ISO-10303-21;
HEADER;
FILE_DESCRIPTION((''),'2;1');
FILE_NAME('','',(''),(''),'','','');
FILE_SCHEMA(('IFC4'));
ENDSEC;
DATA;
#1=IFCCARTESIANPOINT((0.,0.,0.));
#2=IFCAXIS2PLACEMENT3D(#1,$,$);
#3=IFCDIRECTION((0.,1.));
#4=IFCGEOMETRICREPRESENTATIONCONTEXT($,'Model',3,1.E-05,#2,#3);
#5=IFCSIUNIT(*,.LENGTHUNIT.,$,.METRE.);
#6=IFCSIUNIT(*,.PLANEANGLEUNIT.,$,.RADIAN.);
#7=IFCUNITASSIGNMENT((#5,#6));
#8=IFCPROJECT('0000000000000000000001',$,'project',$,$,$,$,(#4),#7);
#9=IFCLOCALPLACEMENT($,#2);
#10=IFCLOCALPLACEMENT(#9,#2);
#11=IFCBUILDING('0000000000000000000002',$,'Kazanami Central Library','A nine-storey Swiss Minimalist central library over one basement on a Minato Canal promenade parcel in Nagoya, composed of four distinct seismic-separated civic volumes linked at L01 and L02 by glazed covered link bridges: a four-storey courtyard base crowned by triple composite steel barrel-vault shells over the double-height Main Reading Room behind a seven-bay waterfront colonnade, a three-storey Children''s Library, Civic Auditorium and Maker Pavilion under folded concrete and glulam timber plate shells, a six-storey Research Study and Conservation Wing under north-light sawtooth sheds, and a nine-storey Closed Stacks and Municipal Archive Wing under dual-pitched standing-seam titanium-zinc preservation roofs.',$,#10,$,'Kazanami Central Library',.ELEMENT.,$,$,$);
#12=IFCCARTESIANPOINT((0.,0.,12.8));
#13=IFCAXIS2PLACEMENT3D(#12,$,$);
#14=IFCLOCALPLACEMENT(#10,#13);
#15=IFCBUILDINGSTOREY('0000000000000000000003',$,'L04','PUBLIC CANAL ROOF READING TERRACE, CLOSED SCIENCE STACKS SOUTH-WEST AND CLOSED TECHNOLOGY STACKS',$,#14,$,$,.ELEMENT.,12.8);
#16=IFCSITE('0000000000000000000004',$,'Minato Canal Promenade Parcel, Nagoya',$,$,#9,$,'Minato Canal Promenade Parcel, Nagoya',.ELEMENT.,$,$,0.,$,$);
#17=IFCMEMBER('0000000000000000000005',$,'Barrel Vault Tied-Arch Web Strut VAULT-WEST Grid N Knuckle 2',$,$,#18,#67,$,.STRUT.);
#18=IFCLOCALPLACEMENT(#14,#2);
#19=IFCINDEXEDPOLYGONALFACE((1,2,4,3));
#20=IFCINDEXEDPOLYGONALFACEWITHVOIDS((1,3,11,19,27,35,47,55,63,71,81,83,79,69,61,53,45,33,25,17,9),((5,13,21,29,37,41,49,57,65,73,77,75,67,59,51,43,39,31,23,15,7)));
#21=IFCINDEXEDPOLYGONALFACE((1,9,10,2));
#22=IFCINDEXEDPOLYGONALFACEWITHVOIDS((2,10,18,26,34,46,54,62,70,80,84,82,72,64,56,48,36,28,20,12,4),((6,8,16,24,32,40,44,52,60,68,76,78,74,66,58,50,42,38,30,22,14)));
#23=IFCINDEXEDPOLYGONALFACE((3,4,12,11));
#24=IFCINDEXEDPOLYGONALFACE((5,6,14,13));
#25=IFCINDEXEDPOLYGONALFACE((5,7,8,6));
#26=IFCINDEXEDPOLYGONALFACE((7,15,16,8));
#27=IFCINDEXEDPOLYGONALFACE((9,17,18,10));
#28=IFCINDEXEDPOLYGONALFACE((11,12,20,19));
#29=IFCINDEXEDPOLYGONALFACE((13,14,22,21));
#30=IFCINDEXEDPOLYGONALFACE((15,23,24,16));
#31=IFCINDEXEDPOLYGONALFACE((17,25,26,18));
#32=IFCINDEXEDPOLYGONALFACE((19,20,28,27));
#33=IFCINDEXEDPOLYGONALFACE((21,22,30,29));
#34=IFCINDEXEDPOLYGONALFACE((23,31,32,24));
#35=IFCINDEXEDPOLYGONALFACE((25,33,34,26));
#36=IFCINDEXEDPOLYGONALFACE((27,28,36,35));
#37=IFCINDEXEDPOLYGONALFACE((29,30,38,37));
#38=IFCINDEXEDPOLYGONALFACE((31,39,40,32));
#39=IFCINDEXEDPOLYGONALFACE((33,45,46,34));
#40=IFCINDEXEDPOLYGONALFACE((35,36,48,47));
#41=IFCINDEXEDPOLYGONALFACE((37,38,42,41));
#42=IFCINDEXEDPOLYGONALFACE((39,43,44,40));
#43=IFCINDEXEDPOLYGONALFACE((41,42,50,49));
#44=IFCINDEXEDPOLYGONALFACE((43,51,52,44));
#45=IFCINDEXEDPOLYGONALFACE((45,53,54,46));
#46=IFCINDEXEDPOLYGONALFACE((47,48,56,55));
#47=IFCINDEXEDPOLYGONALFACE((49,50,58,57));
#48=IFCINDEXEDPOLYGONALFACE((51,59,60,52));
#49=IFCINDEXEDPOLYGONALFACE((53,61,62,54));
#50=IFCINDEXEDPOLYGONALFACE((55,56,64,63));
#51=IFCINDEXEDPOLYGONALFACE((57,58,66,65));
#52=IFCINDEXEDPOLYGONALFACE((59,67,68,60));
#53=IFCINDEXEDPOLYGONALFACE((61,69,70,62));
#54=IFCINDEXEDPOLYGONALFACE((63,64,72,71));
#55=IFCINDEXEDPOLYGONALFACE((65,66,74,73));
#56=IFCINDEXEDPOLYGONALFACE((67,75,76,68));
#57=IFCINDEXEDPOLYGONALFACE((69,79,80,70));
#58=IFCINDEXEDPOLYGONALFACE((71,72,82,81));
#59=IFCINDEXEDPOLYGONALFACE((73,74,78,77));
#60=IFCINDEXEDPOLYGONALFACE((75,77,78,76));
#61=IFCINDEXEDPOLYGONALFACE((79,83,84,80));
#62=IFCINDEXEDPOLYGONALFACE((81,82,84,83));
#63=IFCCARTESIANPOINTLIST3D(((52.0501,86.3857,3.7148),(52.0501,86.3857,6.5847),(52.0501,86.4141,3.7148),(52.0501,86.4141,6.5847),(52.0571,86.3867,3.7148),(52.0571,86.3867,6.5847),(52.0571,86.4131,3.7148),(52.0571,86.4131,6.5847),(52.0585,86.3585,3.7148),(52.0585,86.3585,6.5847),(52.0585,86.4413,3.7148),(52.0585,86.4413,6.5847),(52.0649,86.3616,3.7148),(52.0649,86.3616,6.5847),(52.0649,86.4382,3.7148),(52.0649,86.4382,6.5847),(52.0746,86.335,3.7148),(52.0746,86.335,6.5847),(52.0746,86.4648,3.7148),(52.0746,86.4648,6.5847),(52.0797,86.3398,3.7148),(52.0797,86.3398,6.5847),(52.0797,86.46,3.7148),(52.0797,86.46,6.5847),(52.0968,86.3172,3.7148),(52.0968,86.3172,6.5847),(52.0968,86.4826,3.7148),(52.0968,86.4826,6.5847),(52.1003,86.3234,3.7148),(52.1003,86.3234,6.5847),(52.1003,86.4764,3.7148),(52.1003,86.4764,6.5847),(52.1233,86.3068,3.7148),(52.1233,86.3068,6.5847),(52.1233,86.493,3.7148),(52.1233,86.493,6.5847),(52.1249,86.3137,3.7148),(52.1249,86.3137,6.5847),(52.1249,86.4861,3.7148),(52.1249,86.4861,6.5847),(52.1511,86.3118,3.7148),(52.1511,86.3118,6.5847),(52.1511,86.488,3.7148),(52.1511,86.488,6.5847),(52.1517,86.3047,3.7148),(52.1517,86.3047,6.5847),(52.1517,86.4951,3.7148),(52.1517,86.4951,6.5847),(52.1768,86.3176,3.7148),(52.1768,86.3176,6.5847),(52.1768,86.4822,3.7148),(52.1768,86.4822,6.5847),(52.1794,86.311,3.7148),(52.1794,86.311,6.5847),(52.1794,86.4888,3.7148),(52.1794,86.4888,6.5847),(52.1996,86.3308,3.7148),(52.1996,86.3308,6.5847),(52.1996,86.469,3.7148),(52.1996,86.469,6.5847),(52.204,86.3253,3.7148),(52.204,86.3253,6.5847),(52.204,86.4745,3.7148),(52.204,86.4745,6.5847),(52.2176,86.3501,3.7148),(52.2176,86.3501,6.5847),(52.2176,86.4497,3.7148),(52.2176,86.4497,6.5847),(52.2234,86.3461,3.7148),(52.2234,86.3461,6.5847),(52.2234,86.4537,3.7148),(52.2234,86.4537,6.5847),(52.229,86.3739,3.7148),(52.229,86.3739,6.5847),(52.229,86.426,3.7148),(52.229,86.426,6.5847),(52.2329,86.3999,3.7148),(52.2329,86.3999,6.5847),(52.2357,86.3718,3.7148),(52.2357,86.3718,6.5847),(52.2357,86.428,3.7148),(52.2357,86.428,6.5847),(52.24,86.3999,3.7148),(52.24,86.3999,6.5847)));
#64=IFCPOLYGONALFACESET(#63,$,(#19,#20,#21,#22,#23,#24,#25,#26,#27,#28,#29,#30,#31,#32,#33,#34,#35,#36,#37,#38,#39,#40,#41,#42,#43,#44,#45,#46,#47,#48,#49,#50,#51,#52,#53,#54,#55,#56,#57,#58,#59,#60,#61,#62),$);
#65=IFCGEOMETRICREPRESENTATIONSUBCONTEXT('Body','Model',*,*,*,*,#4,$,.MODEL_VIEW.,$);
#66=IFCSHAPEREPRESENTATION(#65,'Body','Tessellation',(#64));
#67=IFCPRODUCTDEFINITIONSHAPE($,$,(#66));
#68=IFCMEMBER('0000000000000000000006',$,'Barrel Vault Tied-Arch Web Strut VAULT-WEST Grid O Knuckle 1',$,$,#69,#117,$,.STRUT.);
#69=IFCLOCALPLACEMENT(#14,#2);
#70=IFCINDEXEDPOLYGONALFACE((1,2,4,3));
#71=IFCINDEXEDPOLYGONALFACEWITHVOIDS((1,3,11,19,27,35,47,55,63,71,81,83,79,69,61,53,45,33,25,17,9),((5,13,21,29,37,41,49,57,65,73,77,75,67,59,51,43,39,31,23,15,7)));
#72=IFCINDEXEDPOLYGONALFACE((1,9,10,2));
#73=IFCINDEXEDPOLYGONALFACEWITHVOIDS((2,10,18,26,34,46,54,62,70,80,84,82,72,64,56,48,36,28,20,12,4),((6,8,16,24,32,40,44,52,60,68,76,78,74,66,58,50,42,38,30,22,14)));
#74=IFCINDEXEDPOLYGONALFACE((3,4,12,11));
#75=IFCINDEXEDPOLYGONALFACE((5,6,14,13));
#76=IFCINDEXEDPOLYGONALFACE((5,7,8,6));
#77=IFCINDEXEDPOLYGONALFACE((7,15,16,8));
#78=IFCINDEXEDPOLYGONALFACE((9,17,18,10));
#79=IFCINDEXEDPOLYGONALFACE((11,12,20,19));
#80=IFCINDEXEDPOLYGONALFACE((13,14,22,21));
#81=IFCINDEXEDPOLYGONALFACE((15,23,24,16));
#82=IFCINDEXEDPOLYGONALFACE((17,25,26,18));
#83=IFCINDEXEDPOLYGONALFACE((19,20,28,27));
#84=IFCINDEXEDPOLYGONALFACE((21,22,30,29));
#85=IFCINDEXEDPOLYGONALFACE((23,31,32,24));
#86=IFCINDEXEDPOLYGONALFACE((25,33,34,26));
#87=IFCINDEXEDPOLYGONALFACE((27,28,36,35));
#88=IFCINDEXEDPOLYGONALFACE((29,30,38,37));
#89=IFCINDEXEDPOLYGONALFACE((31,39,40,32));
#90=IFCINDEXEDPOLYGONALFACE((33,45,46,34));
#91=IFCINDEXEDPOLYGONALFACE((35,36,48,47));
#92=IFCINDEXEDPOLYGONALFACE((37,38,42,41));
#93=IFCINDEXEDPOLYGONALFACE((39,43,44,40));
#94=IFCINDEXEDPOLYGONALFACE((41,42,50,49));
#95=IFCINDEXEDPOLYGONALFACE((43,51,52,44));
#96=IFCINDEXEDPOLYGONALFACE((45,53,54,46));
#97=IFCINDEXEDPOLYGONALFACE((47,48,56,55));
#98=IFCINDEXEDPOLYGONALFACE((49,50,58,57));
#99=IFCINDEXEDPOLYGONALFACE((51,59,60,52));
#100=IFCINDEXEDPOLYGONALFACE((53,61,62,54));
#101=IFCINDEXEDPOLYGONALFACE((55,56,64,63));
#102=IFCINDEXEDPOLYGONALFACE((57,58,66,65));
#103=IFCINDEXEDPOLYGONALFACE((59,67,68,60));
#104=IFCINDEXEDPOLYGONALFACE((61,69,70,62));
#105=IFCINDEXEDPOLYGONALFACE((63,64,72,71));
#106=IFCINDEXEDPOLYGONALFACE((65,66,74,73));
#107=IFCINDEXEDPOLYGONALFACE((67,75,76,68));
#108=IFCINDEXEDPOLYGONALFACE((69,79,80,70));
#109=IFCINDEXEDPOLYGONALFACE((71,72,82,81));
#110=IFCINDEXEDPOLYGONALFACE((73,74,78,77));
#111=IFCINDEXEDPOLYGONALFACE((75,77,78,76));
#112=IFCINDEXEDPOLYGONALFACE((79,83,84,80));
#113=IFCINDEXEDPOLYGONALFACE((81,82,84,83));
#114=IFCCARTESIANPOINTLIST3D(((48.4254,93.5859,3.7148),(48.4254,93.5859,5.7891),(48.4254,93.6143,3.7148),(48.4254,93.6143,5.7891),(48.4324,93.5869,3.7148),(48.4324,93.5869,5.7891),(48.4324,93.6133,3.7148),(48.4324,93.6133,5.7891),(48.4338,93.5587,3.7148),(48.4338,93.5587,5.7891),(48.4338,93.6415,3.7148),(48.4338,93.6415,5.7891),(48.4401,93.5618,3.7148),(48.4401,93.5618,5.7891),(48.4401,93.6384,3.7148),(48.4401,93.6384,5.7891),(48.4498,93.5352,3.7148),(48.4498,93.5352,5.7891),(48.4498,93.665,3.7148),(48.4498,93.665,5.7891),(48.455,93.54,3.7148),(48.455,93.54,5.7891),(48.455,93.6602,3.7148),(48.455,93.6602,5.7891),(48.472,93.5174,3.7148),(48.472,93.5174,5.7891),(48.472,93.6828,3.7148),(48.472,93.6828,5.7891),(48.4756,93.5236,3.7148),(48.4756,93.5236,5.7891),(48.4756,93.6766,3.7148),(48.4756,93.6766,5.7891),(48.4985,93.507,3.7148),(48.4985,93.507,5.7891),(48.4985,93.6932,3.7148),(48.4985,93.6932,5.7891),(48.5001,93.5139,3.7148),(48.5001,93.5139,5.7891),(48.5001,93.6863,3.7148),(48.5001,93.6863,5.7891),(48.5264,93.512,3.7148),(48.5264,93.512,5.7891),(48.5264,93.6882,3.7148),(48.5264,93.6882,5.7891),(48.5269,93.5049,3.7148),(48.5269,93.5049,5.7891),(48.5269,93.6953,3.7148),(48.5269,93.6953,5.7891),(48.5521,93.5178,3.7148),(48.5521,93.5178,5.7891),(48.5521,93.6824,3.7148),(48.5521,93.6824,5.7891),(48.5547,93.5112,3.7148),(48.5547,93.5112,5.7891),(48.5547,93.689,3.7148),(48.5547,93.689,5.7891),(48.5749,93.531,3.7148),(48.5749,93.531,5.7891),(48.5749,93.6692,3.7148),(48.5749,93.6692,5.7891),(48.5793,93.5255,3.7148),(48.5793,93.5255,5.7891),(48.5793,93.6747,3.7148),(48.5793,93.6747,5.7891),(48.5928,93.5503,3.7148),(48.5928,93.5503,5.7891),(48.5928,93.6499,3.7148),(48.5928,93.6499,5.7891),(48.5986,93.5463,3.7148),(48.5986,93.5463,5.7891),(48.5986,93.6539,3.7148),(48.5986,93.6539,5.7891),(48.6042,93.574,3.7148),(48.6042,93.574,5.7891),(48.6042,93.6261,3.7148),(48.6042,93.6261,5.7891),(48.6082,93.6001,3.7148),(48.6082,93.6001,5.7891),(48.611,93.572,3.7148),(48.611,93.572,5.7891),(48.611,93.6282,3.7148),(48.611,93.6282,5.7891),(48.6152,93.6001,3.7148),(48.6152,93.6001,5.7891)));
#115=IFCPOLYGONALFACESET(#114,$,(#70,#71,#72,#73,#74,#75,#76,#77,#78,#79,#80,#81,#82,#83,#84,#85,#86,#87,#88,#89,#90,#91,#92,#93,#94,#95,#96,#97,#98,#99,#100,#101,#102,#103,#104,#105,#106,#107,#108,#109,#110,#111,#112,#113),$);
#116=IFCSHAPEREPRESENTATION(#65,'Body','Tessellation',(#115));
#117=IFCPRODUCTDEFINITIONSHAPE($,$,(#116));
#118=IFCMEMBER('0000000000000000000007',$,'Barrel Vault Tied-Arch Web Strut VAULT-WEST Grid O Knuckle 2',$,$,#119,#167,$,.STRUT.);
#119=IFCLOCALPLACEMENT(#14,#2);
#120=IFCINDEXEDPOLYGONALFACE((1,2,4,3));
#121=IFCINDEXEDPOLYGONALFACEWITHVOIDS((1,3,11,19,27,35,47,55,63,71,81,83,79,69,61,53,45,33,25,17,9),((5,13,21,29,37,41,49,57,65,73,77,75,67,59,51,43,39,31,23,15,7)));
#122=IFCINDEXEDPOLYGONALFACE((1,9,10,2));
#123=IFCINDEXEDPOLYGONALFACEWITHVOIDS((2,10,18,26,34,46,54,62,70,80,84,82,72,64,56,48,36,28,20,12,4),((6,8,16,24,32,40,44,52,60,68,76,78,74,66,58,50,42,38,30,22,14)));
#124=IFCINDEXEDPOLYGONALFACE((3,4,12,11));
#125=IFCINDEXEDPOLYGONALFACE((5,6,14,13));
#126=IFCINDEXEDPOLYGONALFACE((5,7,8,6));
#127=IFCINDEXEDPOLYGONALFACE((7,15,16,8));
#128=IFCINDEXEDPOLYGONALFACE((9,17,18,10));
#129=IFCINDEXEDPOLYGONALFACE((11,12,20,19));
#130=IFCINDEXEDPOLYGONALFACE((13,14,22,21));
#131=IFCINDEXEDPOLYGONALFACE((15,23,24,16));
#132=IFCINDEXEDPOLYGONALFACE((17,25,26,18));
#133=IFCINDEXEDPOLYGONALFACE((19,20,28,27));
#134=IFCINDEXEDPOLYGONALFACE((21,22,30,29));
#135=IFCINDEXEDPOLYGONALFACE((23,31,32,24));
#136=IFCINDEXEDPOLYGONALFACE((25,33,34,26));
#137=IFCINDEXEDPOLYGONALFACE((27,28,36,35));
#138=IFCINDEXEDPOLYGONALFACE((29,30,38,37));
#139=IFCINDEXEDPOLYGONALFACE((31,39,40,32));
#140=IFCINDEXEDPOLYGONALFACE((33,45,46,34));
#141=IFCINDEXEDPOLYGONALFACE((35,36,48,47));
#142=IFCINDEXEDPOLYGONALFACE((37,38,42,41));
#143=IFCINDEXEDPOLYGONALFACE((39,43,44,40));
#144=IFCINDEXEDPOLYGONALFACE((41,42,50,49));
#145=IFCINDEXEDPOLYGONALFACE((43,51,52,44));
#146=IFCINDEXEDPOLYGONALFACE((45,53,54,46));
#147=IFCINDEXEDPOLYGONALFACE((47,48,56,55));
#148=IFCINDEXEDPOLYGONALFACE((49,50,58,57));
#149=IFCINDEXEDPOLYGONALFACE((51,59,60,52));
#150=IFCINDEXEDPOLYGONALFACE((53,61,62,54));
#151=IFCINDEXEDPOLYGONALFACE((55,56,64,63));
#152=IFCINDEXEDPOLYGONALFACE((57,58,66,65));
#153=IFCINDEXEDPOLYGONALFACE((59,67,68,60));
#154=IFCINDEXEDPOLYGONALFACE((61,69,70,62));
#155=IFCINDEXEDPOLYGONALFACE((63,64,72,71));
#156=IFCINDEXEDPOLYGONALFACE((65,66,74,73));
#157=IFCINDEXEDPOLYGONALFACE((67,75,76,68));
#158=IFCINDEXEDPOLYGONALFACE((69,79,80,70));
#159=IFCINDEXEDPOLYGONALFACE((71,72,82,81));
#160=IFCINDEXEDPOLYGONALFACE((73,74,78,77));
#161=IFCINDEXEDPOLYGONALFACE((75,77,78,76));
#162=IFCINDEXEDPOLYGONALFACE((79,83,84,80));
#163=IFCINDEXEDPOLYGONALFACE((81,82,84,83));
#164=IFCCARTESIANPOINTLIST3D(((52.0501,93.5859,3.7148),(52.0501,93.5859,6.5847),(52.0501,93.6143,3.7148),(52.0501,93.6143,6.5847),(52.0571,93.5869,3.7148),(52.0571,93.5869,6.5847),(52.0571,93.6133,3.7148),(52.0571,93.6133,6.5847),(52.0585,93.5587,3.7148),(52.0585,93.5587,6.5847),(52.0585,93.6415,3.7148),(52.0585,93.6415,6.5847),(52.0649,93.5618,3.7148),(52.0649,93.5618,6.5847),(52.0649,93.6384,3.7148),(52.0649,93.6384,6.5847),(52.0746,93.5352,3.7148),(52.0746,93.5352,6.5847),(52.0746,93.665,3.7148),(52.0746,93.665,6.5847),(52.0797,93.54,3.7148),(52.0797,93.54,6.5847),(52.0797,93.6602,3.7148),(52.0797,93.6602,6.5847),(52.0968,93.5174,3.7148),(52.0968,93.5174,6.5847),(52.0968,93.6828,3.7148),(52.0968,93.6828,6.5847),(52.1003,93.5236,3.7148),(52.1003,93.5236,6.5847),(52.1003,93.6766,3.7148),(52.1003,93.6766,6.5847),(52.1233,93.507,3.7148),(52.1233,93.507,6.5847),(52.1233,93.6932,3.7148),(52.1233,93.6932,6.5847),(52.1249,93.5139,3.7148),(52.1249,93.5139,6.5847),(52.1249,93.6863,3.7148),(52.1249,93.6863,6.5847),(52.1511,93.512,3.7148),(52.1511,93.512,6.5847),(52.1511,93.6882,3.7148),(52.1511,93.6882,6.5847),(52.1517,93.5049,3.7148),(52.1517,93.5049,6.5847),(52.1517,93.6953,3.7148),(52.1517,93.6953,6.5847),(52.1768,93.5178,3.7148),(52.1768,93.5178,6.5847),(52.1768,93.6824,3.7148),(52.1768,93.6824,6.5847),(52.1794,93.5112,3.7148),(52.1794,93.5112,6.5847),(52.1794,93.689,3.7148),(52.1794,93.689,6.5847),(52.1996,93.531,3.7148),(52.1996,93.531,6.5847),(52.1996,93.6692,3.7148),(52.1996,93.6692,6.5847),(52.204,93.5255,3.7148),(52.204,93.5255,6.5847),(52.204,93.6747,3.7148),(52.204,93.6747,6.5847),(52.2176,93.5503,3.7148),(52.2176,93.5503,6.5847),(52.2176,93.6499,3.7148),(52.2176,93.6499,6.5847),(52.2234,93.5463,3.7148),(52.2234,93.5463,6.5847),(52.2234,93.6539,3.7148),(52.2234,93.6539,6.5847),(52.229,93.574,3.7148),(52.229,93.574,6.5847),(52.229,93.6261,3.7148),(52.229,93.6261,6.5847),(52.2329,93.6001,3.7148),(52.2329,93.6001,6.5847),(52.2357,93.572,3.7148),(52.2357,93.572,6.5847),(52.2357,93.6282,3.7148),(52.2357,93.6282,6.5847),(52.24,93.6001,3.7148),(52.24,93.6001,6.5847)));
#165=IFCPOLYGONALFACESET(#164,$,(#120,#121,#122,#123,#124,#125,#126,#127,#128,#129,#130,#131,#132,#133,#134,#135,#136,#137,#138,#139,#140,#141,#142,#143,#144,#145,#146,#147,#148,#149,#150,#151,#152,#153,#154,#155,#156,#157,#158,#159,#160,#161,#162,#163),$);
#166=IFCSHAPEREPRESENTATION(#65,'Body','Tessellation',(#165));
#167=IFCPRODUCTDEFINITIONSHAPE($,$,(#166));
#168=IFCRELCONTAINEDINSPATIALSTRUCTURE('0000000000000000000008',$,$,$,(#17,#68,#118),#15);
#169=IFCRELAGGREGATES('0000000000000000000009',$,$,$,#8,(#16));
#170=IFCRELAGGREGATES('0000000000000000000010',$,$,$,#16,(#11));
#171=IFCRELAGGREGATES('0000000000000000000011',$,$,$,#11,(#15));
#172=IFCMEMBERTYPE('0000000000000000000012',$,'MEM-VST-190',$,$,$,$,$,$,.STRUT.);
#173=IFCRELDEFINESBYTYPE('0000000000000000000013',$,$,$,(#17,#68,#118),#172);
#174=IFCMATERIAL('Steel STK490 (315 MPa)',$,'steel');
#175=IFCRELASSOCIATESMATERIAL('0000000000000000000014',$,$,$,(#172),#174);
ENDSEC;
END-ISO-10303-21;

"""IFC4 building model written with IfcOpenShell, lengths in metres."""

from ifc_helpers import new_model, si_unit, direction, frame, origin, origin_2d, place, context, subcontext, project, spatial, hollow_circle, extrude, material, material_profile, profile_set, type_object, element, save


model = new_model("IFC4")

# Units and contexts
model_context = context("Model", 3, precision=1e-05, world=origin(), true_north=direction((0.0, 1.0)))
body_context = subcontext(model_context, "Body", "Model", "MODEL_VIEW")
ifc_project = project(units=[si_unit("LENGTHUNIT", "METRE"), si_unit("PLANEANGLEUNIT", "RADIAN")], contexts=[model_context])

# Site, building, storey
site_placement = place(None, origin())
site = spatial("IfcSite", under=ifc_project, at=site_placement, Name="Minato Canal Promenade Parcel, Nagoya", LongName="Minato Canal Promenade Parcel, Nagoya", CompositionType="ELEMENT", RefElevation=0.0)
building_placement = place(site_placement, origin())
building = spatial("IfcBuilding", under=site, at=building_placement, Name="Kazanami Central Library", Description="A nine-storey Swiss Minimalist central library over one basement on a Minato Canal promenade parcel in Nagoya, composed of four distinct seismic-separated civic volumes linked at L01 and L02 by glazed covered link bridges: a four-storey courtyard base crowned by triple composite steel barrel-vault shells over the double-height Main Reading Room behind a seven-bay waterfront colonnade, a three-storey Children's Library, Civic Auditorium and Maker Pavilion under folded concrete and glulam timber plate shells, a six-storey Research Study and Conservation Wing under north-light sawtooth sheds, and a nine-storey Closed Stacks and Municipal Archive Wing under dual-pitched standing-seam titanium-zinc preservation roofs.", LongName="Kazanami Central Library", CompositionType="ELEMENT")
storey_placement = place(building_placement, frame((0.0, 0.0, 12.8)))
storey = spatial("IfcBuildingStorey", under=building, at=storey_placement, Name="L04", Description="PUBLIC CANAL ROOF READING TERRACE, CLOSED SCIENCE STACKS SOUTH-WEST AND CLOSED TECHNOLOGY STACKS", CompositionType="ELEMENT", Elevation=12.8)

# Members
ifc_material_1 = material(Name="Steel STK490 (315 MPa)", Category="steel")
ifc_material_profile_1 = material_profile(ifc_material_1, hollow_circle(Radius=0.0955, WallThickness=0.0071, at=origin_2d()), Name="CHS-190.7x7.0")
ifc_profile_set_1 = profile_set([ifc_material_profile_1], Name="Steel STK490 (315 MPa)")
member_type_1 = type_object("IfcMemberType", Name="MEM-VST-190", PredefinedType="STRUT", material=ifc_profile_set_1)
member_1_placement = place(storey_placement, frame((52.1445, 86.3999, 3.7148), z_axis=(0.0, 0.0, 1.0), x_axis=(1.0, 0.0, 0.0)))
element("IfcMember", 1, at=member_1_placement, inside=storey, type_object=member_type_1, Name="Barrel Vault Tied-Arch Web Strut VAULT-WEST Grid N Knuckle 2", PredefinedType="STRUT", context=body_context, shape_type="SweptSolid", body=[
    extrude(hollow_circle(Radius=0.0955, WallThickness=0.0071, at=origin_2d()), origin(), (0.0, 0.0, 1.0), 2.8699),
])
member_2_placement = place(storey_placement, frame((48.5198, 93.6001, 3.7148), z_axis=(0.0, 0.0, 1.0), x_axis=(1.0, 0.0, 0.0)))
element("IfcMember", 2, at=member_2_placement, inside=storey, type_object=member_type_1, Name="Barrel Vault Tied-Arch Web Strut VAULT-WEST Grid O Knuckle 1", PredefinedType="STRUT", context=body_context, shape_type="SweptSolid", body=[
    extrude(hollow_circle(Radius=0.0955, WallThickness=0.0071, at=origin_2d()), origin(), (0.0, 0.0, 1.0), 2.0742),
])
member_3_placement = place(storey_placement, frame((52.1445, 93.6001, 3.7148), z_axis=(0.0, 0.0, 1.0), x_axis=(1.0, 0.0, 0.0)))
element("IfcMember", 3, at=member_3_placement, inside=storey, type_object=member_type_1, Name="Barrel Vault Tied-Arch Web Strut VAULT-WEST Grid O Knuckle 2", PredefinedType="STRUT", context=body_context, shape_type="SweptSolid", body=[
    extrude(hollow_circle(Radius=0.0955, WallThickness=0.0071, at=origin_2d()), origin(), (0.0, 0.0, 1.0), 2.8699),
])

save(model, "model.ifc")
